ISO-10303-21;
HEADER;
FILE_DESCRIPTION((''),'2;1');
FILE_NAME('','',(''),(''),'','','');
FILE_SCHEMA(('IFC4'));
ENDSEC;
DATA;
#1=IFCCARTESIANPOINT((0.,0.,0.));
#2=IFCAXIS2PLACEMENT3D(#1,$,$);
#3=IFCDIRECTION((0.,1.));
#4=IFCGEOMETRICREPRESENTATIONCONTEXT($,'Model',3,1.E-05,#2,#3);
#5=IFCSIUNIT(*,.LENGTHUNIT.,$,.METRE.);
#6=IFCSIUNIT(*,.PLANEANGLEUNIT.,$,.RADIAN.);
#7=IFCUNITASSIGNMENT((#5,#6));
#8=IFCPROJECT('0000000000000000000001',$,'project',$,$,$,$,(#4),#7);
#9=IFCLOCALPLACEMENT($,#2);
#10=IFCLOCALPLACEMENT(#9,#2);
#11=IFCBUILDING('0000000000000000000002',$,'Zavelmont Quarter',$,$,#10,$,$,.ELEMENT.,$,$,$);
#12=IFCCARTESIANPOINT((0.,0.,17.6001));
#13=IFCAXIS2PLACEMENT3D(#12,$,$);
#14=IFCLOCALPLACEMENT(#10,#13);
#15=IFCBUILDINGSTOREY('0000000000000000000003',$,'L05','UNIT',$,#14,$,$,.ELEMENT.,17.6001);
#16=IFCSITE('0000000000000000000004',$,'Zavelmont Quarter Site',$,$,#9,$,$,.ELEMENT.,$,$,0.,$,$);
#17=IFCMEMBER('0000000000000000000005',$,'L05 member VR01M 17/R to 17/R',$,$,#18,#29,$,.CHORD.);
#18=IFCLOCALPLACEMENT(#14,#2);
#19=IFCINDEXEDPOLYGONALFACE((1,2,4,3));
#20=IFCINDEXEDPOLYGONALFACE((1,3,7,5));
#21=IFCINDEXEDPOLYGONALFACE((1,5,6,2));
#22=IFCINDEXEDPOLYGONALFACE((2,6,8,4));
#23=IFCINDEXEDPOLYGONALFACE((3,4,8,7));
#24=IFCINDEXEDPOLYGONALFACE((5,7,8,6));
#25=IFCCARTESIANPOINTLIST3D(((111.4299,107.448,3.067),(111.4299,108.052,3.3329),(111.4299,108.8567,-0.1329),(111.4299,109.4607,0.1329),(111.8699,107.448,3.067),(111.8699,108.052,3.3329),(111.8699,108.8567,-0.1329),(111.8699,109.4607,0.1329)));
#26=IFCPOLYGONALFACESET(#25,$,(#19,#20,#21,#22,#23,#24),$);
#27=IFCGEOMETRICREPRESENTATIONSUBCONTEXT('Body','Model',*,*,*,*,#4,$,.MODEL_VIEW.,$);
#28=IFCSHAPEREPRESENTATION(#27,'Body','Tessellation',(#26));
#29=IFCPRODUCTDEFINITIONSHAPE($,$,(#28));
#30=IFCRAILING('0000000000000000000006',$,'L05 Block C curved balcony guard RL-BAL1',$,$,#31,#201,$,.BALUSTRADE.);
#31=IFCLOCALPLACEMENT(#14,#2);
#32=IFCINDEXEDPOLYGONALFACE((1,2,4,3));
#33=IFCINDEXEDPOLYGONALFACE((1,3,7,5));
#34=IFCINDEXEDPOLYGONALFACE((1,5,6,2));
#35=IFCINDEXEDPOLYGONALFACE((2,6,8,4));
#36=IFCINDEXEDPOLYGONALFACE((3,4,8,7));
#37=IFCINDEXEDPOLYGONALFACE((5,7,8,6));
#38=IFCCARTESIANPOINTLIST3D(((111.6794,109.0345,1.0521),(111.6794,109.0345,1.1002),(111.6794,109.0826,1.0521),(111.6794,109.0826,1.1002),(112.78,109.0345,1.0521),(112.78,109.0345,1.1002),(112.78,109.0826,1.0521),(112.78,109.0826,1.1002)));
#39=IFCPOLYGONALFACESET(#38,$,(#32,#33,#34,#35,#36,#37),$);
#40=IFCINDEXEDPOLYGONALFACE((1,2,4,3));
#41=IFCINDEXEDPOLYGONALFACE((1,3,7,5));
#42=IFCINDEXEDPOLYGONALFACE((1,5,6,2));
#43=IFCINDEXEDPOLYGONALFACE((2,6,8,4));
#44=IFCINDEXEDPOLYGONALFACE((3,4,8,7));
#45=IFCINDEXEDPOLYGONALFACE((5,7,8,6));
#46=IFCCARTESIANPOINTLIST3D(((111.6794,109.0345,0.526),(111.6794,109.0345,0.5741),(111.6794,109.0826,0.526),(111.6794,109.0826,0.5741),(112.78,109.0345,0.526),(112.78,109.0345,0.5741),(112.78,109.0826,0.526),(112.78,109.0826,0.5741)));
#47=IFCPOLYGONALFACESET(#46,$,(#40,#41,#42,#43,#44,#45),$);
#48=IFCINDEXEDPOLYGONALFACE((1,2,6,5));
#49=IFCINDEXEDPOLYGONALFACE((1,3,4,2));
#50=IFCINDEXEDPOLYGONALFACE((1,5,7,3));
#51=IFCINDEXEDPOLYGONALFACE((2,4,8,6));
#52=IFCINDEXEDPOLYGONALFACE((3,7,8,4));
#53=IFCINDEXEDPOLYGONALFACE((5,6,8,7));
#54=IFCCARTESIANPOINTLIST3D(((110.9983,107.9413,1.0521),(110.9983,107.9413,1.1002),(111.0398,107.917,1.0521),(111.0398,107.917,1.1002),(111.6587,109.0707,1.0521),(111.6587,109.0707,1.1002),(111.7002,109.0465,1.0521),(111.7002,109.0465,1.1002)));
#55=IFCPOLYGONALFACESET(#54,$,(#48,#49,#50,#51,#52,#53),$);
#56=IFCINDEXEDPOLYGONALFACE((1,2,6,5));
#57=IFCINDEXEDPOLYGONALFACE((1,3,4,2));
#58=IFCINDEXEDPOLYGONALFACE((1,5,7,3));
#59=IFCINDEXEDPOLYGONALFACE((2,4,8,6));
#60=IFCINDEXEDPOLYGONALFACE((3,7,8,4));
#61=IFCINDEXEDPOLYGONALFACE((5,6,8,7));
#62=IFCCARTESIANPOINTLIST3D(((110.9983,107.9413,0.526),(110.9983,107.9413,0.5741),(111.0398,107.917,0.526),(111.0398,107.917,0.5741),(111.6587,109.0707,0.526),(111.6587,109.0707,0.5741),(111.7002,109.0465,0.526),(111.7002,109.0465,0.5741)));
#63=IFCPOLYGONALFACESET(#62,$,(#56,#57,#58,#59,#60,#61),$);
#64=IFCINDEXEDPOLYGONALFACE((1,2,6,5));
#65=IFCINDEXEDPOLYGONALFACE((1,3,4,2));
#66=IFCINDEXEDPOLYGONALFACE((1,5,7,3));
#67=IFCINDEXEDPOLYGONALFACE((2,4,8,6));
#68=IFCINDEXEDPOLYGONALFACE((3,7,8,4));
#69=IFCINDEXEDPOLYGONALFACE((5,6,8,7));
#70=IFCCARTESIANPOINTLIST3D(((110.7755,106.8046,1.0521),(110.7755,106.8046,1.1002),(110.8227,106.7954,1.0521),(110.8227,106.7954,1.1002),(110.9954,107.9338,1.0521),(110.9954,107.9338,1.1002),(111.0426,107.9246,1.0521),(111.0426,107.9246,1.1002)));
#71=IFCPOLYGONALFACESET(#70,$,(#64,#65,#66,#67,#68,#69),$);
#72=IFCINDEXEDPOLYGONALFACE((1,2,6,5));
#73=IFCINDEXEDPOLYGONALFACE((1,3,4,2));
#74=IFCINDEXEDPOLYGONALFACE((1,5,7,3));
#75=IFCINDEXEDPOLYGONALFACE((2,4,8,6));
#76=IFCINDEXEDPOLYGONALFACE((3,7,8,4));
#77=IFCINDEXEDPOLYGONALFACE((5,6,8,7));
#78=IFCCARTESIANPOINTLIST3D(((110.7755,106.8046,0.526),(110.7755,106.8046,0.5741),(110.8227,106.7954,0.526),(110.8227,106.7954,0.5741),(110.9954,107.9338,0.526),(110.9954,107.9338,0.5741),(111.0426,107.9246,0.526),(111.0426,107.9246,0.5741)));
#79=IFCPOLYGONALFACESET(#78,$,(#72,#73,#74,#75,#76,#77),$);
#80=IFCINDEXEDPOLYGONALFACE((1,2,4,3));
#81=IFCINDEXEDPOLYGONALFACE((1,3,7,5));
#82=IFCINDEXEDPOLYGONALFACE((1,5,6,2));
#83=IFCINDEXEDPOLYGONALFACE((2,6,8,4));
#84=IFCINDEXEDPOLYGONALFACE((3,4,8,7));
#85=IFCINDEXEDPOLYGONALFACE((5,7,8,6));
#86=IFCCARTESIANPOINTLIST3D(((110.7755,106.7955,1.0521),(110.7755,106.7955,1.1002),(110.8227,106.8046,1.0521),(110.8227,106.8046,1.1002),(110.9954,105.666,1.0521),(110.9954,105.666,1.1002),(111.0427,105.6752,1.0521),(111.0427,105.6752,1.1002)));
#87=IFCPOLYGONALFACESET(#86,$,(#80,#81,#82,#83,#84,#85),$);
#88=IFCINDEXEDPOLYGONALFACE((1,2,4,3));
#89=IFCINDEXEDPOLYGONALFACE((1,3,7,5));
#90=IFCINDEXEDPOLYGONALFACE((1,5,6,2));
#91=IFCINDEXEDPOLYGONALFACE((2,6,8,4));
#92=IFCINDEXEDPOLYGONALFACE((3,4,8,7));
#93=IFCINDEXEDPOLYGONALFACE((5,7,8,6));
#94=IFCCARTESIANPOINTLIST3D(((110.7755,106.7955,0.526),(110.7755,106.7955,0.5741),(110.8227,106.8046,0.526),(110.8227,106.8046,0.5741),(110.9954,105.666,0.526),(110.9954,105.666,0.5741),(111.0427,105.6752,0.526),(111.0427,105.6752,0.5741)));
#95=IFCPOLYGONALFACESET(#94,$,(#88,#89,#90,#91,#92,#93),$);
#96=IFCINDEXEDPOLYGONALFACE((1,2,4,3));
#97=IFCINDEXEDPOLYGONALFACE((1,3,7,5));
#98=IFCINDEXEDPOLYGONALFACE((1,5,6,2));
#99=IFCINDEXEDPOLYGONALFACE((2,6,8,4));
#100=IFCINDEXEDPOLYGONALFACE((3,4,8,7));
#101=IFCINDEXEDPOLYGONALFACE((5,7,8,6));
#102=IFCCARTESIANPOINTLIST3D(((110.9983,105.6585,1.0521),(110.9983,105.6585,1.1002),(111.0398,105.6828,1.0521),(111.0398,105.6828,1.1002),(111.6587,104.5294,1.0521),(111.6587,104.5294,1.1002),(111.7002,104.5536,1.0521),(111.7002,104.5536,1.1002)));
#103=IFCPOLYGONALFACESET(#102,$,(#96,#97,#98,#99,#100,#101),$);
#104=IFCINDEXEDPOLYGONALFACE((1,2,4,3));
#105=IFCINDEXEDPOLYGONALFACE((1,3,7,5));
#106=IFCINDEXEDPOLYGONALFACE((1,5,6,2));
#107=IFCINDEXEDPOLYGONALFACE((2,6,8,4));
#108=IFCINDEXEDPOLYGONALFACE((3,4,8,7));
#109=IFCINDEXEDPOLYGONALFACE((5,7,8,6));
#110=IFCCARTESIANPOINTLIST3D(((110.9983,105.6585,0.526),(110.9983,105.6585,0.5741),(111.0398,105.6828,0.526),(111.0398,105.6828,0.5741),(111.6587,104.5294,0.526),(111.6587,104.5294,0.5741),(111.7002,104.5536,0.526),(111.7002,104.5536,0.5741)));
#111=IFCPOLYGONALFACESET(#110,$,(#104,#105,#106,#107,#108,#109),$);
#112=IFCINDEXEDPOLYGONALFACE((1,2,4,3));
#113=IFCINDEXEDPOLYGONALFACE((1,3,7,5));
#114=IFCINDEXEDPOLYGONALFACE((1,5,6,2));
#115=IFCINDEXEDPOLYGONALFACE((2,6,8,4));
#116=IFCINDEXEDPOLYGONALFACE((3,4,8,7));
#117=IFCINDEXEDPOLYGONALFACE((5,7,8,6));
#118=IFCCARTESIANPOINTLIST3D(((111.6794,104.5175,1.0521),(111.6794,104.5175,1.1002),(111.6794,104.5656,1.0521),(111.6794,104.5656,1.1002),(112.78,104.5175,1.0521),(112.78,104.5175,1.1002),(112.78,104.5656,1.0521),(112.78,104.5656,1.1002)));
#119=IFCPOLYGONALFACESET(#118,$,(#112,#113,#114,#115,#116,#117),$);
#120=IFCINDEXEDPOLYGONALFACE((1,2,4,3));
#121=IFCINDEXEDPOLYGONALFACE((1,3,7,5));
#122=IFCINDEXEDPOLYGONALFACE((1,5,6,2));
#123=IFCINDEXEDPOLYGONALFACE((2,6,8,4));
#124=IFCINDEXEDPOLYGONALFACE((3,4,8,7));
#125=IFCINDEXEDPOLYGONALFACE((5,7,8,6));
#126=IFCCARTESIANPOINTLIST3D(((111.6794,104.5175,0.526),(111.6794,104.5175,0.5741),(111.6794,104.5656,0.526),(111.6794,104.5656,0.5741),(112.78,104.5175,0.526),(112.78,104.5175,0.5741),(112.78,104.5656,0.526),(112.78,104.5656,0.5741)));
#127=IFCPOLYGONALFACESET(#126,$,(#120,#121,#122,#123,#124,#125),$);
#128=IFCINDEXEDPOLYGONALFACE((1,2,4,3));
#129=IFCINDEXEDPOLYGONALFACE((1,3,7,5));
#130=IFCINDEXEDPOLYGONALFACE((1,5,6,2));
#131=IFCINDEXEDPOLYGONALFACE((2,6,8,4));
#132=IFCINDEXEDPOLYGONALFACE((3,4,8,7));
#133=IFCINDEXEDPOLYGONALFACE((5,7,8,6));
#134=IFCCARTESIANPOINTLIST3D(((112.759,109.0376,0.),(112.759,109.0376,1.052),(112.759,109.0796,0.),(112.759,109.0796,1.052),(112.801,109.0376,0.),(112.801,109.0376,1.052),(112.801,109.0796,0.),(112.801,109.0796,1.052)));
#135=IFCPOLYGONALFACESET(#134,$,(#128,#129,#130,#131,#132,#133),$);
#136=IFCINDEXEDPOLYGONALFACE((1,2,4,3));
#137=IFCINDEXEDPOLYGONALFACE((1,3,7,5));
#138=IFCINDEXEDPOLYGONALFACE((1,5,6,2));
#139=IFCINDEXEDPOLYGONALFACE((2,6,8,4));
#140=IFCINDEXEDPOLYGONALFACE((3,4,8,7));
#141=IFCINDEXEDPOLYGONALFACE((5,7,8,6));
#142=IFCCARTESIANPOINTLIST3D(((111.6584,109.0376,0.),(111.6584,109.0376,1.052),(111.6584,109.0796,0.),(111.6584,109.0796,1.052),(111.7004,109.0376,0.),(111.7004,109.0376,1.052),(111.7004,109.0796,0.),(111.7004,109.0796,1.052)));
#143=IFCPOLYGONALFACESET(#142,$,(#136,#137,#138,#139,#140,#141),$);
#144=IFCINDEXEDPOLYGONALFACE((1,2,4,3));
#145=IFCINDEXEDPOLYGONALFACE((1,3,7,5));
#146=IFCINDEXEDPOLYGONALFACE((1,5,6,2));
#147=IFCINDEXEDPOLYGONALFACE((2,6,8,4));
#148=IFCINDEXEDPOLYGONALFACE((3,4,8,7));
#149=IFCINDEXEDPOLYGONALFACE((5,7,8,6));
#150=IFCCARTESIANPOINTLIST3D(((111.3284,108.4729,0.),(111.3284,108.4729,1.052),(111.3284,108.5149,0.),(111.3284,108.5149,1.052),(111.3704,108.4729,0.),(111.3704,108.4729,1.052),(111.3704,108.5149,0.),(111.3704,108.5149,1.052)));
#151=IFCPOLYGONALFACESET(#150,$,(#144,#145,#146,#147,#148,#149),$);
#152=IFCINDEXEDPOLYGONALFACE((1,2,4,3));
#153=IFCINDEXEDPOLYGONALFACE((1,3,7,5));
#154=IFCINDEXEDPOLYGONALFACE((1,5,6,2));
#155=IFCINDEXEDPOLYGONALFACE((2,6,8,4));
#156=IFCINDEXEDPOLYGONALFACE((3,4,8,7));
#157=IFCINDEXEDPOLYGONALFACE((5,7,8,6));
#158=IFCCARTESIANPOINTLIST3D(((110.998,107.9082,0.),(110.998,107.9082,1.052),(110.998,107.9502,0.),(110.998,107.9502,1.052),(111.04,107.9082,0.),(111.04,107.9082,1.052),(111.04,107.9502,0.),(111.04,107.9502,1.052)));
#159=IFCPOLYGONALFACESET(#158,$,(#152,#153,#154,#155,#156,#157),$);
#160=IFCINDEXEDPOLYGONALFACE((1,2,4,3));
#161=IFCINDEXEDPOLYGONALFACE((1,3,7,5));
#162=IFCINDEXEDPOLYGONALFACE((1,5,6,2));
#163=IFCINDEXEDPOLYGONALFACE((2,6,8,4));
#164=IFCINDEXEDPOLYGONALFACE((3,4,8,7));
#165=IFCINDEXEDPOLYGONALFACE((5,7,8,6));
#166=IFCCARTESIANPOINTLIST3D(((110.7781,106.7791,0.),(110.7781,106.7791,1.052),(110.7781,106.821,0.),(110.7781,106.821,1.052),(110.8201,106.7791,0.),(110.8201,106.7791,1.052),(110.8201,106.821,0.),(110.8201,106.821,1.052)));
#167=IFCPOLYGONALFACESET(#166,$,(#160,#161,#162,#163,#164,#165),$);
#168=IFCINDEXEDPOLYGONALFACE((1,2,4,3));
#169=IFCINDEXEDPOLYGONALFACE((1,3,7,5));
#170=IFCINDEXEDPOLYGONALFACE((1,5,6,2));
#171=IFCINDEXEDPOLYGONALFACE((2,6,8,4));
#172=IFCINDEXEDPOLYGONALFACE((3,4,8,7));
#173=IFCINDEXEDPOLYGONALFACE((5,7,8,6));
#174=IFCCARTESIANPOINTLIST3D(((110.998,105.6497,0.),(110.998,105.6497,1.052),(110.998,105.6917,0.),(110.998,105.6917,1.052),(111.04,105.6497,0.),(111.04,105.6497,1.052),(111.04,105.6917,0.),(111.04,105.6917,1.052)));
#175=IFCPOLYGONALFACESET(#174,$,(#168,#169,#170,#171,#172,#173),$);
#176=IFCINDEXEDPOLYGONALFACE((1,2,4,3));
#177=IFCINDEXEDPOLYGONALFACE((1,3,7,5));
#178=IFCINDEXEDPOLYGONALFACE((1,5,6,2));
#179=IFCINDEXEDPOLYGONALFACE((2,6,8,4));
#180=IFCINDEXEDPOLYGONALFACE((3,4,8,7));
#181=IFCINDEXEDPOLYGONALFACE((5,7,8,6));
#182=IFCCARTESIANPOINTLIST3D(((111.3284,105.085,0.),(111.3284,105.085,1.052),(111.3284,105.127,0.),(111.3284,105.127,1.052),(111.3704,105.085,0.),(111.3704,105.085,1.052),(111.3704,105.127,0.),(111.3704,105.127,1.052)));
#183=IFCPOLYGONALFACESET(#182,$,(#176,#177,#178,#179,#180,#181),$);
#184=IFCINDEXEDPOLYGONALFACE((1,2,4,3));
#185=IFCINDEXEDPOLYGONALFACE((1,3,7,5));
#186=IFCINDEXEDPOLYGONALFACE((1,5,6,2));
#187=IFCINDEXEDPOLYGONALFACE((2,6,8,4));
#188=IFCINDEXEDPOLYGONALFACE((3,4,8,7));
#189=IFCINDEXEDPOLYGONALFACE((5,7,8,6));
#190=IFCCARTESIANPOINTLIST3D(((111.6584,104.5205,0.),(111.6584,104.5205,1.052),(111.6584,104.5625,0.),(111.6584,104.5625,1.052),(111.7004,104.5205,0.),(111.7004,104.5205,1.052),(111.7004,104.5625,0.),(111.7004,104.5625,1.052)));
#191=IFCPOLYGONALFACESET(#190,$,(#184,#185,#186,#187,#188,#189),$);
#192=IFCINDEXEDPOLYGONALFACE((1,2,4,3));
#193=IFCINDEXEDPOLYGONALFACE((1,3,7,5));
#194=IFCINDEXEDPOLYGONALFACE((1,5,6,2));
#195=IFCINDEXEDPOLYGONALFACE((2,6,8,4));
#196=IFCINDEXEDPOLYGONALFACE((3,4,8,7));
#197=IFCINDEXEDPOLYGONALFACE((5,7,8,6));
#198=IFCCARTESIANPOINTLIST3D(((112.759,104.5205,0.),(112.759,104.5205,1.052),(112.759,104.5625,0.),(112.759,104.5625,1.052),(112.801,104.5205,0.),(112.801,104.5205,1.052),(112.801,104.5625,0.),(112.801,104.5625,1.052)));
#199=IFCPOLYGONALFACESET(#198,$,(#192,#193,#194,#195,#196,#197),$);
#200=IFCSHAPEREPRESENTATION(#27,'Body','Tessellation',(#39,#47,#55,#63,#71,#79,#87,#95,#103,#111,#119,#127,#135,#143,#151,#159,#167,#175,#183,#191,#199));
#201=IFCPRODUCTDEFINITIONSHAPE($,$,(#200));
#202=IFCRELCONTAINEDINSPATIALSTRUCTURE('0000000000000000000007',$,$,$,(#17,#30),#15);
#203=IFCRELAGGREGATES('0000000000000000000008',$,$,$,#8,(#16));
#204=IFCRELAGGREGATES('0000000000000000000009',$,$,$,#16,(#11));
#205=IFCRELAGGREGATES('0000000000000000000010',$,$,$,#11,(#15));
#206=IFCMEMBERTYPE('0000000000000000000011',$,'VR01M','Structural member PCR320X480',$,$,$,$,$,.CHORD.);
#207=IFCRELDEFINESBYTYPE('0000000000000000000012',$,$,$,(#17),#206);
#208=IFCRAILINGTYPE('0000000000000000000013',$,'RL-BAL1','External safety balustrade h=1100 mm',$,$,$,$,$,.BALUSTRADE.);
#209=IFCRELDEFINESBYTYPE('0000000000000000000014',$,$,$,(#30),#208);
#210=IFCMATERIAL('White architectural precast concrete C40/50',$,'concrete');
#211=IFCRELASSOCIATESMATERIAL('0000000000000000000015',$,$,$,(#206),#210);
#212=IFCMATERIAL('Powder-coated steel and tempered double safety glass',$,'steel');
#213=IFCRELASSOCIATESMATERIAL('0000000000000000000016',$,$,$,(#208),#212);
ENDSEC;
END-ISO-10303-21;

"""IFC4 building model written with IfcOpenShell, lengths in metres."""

from ifc_helpers import new_model, si_unit, direction, frame, origin, origin_2d, place, context, subcontext, project, spatial, rectangle, extrude, material, material_profile, profile_set, type_object, element, save


model = new_model("IFC4")

# Units and contexts
model_context = context("Model", 3, precision=1e-05, world=origin(), true_north=direction((0.0, 1.0)))
body_context = subcontext(model_context, "Body", "Model", "MODEL_VIEW")
ifc_project = project(units=[si_unit("LENGTHUNIT", "METRE"), si_unit("PLANEANGLEUNIT", "RADIAN")], contexts=[model_context])

# Site, building, storey
site_placement = place(None, origin())
site = spatial("IfcSite", under=ifc_project, at=site_placement, Name="Zavelmont Quarter Site", CompositionType="ELEMENT", RefElevation=0.0)
building_placement = place(site_placement, origin())
building = spatial("IfcBuilding", under=site, at=building_placement, Name="Zavelmont Quarter", CompositionType="ELEMENT")
storey_placement = place(building_placement, frame((0.0, 0.0, 17.6001)))
storey = spatial("IfcBuildingStorey", under=building, at=storey_placement, Name="L05", Description="UNIT", CompositionType="ELEMENT", Elevation=17.6001)

# Member
ifc_material_1 = material(Name="White architectural precast concrete C40/50", Category="concrete")
ifc_material_profile = material_profile(ifc_material_1, rectangle(XDim=0.4399, YDim=0.6599, at=origin_2d()), Name="PCR320X480")
ifc_profile_set = profile_set([ifc_material_profile], Name="White architectural precast concrete C40/50")
member_type = type_object("IfcMemberType", Name="VR01M", Description="Structural member PCR320X480", PredefinedType="CHORD", material=ifc_profile_set)
member_placement = place(storey_placement, frame((111.6499, 109.1587, 0.0), z_axis=(0.0, -0.402909, 0.91524), x_axis=(1.0, 0.0, 0.0)))
element("IfcMember", 1, at=member_placement, inside=storey, type_object=member_type, Name="L05 member VR01M 17/R to 17/R", PredefinedType="CHORD", context=body_context, shape_type="SweptSolid", body=[
    extrude(rectangle(XDim=0.4399, YDim=0.6599, at=origin_2d()), origin(), (0.0, 0.0, 1.0), 3.4963),
])

# Railing
ifc_material_2 = material(Name="Powder-coated steel and tempered double safety glass", Category="steel")
railing_type = type_object("IfcRailingType", Name="RL-BAL1", Description="External safety balustrade h=1100 mm", PredefinedType="BALUSTRADE", material=ifc_material_2)
railing_placement = place(storey_placement, frame((112.78, 109.0586, 0.0)))
element("IfcRailing", 2, at=railing_placement, inside=storey, type_object=railing_type, Name="L05 Block C curved balcony guard RL-BAL1", PredefinedType="BALUSTRADE", context=body_context, shape_type="SweptSolid", body=[
    extrude(rectangle(XDim=0.0481, YDim=0.0481, at=origin_2d()), frame((0.0, 0.0, 1.0762), z_axis=(-1.0, 0.0, 0.0), x_axis=(0.0, -1.0, 0.0)), (0.0, 0.0, 1.0), 1.1006),
    extrude(rectangle(XDim=0.0481, YDim=0.0481, at=origin_2d()), frame((0.0, 0.0, 0.55), z_axis=(-1.0, 0.0, 0.0), x_axis=(0.0, -1.0, 0.0)), (0.0, 0.0, 1.0), 1.1006),
    extrude(rectangle(XDim=0.0481, YDim=0.0481, at=origin_2d()), frame((-1.1006, 0.0, 1.0762), z_axis=(-0.504776, -0.863251, 0.0), x_axis=(0.863251, -0.504776, 0.0)), (0.0, 0.0, 1.0), 1.3083),
    extrude(rectangle(XDim=0.0481, YDim=0.0481, at=origin_2d()), frame((-1.1006, 0.0, 0.55), z_axis=(-0.504776, -0.863251, 0.0), x_axis=(0.863251, -0.504776, 0.0)), (0.0, 0.0, 1.0), 1.3083),
    extrude(rectangle(XDim=0.0481, YDim=0.0481, at=origin_2d()), frame((-1.761, -1.1294, 1.0762), z_axis=(-0.191216, -0.981548, 0.0), x_axis=(0.981548, -0.191216, 0.0)), (0.0, 0.0, 1.0), 1.1504),
    extrude(rectangle(XDim=0.0481, YDim=0.0481, at=origin_2d()), frame((-1.761, -1.1294, 0.55), z_axis=(-0.191216, -0.981548, 0.0), x_axis=(0.981548, -0.191216, 0.0)), (0.0, 0.0, 1.0), 1.1504),
    extrude(rectangle(XDim=0.0481, YDim=0.0481, at=origin_2d()), frame((-1.981, -2.2585, 1.0762), z_axis=(0.191176, -0.981556, 0.0), x_axis=(0.981556, 0.191176, 0.0)), (0.0, 0.0, 1.0), 1.1506),
    extrude(rectangle(XDim=0.0481, YDim=0.0481, at=origin_2d()), frame((-1.981, -2.2585, 0.55), z_axis=(0.191176, -0.981556, 0.0), x_axis=(0.981556, 0.191176, 0.0)), (0.0, 0.0, 1.0), 1.1506),
    extrude(rectangle(XDim=0.0481, YDim=0.0481, at=origin_2d()), frame((-1.761, -3.3879, 1.0762), z_axis=(0.504857, -0.863203, 0.0), x_axis=(0.863203, 0.504857, 0.0)), (0.0, 0.0, 1.0), 1.3081),
    extrude(rectangle(XDim=0.0481, YDim=0.0481, at=origin_2d()), frame((-1.761, -3.3879, 0.55), z_axis=(0.504857, -0.863203, 0.0), x_axis=(0.863203, 0.504857, 0.0)), (0.0, 0.0, 1.0), 1.3081),
    extrude(rectangle(XDim=0.0481, YDim=0.0481, at=origin_2d()), frame((-1.1006, -4.5171, 1.0762), z_axis=(1.0, 0.0, 0.0), x_axis=(0.0, 1.0, 0.0)), (0.0, 0.0, 1.0), 1.1006),
    extrude(rectangle(XDim=0.0481, YDim=0.0481, at=origin_2d()), frame((-1.1006, -4.5171, 0.55), z_axis=(1.0, 0.0, 0.0), x_axis=(0.0, 1.0, 0.0)), (0.0, 0.0, 1.0), 1.1006),
    extrude(rectangle(XDim=0.042, YDim=0.042, at=origin_2d()), origin(), (0.0, 0.0, 1.0), 1.052),
    extrude(rectangle(XDim=0.042, YDim=0.042, at=origin_2d()), frame((-1.1006, 0.0, 0.0)), (0.0, 0.0, 1.0), 1.052),
    extrude(rectangle(XDim=0.042, YDim=0.042, at=origin_2d()), frame((-1.4307, -0.5647, 0.0)), (0.0, 0.0, 1.0), 1.052),
    extrude(rectangle(XDim=0.042, YDim=0.042, at=origin_2d()), frame((-1.761, -1.1294, 0.0)), (0.0, 0.0, 1.0), 1.052),
    extrude(rectangle(XDim=0.042, YDim=0.042, at=origin_2d()), frame((-1.981, -2.2585, 0.0)), (0.0, 0.0, 1.0), 1.052),
    extrude(rectangle(XDim=0.042, YDim=0.042, at=origin_2d()), frame((-1.761, -3.3879, 0.0)), (0.0, 0.0, 1.0), 1.052),
    extrude(rectangle(XDim=0.042, YDim=0.042, at=origin_2d()), frame((-1.4307, -3.9526, 0.0)), (0.0, 0.0, 1.0), 1.052),
    extrude(rectangle(XDim=0.042, YDim=0.042, at=origin_2d()), frame((-1.1006, -4.5171, 0.0)), (0.0, 0.0, 1.0), 1.052),
    extrude(rectangle(XDim=0.042, YDim=0.042, at=origin_2d()), frame((0.0, -4.5171, 0.0)), (0.0, 0.0, 1.0), 1.052),
])

save(model, "model.ifc")
